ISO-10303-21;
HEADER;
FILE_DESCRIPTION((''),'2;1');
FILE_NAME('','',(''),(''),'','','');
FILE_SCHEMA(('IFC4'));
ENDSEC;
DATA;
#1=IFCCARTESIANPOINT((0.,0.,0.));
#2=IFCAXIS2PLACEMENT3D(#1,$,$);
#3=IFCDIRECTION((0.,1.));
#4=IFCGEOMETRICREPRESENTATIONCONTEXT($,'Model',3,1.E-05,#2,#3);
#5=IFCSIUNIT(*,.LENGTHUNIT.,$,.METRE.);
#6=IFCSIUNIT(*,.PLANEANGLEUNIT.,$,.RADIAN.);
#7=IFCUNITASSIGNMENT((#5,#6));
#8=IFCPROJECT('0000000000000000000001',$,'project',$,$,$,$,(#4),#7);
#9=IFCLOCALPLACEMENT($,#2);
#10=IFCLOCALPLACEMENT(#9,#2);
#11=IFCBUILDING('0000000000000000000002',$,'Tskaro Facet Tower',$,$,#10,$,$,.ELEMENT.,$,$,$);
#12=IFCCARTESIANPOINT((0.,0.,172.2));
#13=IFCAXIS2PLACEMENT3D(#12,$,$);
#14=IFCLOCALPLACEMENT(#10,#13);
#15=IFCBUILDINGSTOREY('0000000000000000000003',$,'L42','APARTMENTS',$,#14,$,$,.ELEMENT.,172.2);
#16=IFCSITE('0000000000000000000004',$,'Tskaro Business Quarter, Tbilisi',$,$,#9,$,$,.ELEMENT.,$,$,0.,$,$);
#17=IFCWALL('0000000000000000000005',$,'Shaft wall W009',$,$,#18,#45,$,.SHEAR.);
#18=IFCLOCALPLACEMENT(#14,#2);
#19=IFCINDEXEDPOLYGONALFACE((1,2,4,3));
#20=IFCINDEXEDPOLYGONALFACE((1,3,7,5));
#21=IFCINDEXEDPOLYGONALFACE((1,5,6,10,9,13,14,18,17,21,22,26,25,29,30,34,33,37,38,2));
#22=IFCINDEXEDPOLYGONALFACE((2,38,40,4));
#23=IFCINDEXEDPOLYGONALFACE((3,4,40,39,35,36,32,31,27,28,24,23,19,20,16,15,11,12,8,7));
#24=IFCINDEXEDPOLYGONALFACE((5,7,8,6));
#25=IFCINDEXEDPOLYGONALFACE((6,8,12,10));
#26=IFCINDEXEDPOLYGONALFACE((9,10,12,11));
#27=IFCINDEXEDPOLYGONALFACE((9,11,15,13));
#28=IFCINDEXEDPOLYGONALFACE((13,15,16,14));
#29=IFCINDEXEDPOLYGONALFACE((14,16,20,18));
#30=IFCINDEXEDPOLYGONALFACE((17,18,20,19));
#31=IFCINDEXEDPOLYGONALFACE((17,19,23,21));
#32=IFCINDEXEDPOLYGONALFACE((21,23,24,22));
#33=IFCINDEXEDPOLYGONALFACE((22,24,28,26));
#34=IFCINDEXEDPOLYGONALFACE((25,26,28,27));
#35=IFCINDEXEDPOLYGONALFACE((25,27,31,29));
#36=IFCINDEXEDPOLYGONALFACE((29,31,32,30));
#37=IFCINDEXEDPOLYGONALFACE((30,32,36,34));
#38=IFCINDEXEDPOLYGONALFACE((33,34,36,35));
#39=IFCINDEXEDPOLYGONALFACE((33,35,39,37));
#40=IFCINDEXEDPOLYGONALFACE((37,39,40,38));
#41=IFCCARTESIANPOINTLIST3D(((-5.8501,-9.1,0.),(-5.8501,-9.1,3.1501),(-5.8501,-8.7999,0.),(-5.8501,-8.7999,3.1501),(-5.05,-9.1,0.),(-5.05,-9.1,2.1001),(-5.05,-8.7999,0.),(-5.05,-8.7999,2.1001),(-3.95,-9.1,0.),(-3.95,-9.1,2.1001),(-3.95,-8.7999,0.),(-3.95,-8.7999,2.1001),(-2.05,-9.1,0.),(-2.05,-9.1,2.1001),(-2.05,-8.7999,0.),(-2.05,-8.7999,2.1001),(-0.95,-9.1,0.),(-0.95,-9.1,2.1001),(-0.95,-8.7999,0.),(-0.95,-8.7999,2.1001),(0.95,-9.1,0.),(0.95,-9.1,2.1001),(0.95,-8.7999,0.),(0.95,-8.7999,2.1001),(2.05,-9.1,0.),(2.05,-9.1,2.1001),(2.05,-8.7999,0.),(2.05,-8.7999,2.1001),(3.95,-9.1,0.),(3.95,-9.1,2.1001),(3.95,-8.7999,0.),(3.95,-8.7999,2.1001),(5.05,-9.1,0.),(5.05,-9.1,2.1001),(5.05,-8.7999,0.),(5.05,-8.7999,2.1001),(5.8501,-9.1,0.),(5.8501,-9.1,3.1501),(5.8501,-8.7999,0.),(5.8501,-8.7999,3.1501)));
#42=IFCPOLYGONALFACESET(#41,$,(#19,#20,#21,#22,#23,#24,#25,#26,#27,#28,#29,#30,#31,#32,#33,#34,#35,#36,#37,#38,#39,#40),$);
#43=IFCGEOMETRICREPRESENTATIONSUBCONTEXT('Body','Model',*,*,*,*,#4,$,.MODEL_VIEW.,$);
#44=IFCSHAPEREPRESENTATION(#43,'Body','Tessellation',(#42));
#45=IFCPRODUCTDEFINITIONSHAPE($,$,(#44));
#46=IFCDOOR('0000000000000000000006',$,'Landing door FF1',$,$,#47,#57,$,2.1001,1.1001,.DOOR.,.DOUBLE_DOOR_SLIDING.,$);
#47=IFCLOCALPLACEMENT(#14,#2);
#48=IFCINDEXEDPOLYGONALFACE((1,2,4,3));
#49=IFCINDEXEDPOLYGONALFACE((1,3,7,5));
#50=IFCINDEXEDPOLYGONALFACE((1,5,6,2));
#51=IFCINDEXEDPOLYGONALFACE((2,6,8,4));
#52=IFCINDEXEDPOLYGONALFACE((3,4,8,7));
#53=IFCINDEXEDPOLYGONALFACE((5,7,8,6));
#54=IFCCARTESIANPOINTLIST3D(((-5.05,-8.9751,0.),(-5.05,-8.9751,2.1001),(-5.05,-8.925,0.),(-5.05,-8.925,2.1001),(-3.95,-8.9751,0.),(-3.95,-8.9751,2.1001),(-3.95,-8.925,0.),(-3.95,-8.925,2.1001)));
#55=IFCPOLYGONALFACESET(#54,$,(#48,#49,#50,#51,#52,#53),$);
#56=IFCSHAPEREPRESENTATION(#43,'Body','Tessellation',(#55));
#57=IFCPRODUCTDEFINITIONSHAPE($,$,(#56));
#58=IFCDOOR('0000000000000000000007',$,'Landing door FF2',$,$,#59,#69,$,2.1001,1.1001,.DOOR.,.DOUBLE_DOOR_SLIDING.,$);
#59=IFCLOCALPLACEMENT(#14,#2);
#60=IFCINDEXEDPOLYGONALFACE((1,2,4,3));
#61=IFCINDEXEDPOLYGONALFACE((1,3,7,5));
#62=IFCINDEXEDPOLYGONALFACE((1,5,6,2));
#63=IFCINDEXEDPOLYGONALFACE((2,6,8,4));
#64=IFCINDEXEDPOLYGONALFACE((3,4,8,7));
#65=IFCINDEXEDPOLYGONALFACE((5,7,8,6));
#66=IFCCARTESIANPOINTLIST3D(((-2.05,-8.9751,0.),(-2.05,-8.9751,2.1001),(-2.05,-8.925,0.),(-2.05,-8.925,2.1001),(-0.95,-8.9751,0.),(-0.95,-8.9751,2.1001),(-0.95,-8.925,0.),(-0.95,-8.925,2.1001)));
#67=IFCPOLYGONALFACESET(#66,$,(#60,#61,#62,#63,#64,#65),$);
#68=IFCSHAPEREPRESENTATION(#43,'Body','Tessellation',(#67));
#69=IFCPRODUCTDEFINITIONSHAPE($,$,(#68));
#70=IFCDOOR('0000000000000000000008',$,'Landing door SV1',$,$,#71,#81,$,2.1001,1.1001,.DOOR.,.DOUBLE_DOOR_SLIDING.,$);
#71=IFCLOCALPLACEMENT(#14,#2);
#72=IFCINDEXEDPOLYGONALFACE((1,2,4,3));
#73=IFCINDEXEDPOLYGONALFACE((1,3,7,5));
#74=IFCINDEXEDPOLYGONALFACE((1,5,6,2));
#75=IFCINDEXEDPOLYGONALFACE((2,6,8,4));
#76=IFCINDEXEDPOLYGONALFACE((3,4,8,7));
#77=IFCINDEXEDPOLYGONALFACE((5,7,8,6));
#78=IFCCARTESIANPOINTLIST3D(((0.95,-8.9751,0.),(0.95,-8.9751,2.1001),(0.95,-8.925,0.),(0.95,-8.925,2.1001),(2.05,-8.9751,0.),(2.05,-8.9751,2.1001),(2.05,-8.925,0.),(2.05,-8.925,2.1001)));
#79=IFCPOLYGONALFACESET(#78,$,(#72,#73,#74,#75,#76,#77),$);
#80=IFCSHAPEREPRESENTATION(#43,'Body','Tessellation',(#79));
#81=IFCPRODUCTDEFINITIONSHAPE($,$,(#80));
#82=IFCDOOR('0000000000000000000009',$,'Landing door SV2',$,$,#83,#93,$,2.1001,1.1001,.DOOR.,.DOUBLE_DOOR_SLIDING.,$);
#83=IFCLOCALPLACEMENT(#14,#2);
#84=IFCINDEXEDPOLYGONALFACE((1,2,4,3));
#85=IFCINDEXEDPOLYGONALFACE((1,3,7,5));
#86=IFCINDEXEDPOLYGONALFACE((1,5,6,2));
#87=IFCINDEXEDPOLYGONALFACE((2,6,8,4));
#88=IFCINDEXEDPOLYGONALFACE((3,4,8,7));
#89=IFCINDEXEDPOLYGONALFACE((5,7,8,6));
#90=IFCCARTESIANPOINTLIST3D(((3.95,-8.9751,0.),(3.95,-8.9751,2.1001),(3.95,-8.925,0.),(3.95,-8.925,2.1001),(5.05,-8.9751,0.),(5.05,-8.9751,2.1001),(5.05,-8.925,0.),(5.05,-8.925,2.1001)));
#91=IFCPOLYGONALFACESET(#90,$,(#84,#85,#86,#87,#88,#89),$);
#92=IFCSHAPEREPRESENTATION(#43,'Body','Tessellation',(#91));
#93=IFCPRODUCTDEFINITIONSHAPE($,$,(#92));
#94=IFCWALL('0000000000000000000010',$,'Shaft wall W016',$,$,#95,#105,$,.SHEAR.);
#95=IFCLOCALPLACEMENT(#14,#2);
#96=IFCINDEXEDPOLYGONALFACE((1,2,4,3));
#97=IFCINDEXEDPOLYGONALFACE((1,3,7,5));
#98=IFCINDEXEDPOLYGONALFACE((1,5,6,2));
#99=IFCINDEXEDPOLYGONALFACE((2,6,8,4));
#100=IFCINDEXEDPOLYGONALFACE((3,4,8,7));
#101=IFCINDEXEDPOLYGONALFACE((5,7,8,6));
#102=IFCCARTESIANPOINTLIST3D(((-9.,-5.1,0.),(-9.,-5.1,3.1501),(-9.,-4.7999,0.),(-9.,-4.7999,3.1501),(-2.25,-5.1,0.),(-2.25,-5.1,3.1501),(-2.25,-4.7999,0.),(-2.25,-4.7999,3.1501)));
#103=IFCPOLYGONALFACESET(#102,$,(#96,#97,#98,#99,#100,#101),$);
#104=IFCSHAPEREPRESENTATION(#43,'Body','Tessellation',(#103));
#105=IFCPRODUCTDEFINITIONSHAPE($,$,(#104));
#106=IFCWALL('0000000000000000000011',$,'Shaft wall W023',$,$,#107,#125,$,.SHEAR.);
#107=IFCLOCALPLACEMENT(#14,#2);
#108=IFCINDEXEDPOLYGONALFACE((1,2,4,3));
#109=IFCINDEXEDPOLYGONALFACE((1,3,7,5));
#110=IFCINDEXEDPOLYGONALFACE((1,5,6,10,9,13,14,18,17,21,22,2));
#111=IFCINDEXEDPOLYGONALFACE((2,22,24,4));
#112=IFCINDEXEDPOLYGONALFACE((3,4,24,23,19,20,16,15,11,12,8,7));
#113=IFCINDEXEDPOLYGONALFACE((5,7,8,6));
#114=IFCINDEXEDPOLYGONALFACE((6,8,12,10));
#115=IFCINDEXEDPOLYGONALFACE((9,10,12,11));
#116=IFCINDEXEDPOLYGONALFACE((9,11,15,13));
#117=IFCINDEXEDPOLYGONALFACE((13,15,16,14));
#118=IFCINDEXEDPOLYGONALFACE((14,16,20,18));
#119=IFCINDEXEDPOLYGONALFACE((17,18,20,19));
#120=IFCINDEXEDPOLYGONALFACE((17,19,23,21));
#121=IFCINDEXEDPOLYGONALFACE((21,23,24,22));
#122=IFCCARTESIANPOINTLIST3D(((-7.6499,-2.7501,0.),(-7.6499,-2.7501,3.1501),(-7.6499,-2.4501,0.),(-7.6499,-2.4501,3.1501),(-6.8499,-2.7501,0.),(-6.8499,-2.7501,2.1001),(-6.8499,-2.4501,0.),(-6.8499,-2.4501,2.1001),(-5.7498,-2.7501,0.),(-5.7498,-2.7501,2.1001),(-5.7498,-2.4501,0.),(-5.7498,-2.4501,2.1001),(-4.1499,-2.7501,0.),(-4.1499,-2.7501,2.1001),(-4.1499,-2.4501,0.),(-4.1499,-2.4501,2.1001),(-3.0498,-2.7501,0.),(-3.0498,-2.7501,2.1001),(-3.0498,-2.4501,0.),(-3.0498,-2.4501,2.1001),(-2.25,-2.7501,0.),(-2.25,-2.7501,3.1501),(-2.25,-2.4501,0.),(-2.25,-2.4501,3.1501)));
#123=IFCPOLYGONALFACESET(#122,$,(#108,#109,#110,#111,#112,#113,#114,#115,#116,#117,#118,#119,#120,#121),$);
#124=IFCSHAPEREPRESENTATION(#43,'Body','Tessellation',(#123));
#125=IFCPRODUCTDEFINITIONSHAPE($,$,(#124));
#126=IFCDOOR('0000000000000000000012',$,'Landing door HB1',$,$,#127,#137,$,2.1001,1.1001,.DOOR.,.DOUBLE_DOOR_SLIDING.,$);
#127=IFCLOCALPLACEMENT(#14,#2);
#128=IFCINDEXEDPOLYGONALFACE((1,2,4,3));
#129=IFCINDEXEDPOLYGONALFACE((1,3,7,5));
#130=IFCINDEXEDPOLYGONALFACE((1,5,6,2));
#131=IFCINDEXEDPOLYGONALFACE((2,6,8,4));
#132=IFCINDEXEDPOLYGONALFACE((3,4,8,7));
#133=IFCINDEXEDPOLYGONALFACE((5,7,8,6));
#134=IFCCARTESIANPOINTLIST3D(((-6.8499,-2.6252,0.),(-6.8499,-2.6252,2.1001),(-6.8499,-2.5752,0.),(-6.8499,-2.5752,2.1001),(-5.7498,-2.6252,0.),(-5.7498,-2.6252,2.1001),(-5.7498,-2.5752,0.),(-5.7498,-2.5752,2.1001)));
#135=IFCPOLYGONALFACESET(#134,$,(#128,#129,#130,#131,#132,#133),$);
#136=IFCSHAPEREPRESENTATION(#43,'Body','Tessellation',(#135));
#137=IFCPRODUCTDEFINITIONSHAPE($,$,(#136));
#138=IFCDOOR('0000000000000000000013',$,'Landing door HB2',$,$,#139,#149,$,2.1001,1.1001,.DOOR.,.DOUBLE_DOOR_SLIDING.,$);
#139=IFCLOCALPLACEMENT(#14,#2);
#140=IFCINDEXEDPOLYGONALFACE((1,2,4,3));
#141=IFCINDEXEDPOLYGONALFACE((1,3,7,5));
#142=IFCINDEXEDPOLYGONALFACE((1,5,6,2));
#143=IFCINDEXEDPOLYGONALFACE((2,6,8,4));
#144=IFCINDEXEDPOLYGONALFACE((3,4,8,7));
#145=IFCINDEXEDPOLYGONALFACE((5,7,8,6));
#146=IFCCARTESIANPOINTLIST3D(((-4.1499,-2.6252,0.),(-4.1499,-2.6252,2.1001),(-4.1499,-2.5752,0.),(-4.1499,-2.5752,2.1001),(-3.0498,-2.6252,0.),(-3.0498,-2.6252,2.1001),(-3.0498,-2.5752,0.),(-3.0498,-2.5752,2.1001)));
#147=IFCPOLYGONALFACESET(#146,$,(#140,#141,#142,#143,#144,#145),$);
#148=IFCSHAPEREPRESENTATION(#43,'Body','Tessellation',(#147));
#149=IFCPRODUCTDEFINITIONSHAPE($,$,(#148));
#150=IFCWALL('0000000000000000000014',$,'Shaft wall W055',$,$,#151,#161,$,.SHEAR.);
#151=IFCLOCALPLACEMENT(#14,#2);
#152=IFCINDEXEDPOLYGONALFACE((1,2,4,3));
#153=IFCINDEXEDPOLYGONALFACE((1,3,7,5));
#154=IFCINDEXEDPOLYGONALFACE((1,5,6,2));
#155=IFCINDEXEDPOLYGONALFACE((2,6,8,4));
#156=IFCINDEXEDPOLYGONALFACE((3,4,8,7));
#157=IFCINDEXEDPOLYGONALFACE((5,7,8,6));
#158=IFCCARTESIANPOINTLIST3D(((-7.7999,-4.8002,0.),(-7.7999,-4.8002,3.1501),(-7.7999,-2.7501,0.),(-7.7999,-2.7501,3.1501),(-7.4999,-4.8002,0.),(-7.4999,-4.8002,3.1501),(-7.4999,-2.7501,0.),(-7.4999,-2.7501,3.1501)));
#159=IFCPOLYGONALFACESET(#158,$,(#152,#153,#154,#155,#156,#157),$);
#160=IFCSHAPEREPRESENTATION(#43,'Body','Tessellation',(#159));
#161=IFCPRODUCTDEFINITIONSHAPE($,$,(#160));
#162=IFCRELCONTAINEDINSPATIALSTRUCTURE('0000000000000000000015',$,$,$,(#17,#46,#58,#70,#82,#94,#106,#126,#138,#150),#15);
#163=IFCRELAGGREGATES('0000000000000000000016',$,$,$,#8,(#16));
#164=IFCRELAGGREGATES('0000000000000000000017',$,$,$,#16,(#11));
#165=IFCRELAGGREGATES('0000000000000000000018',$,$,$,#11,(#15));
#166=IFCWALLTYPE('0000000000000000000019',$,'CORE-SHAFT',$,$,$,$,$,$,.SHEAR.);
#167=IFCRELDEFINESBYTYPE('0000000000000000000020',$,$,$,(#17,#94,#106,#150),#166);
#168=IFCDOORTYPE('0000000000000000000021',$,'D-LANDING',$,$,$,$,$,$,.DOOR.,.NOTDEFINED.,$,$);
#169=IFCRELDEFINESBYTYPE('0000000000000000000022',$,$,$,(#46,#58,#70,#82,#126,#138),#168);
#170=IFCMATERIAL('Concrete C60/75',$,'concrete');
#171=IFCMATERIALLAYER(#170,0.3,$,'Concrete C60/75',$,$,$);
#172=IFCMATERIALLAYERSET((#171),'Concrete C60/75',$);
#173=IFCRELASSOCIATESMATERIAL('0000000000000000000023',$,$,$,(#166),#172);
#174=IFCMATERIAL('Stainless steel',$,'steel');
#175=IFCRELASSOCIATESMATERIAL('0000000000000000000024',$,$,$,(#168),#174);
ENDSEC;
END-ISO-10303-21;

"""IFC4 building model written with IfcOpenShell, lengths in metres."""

from ifc_helpers import new_model, si_unit, direction, frame, frame_2d, origin, place, context, subcontext, project, spatial, rectangle, extrude, material, layer, layer_set, type_object, element, fill, save


model = new_model("IFC4")

# Units and contexts
model_context = context("Model", 3, precision=1e-05, world=origin(), true_north=direction((0.0, 1.0)))
body_context = subcontext(model_context, "Body", "Model", "MODEL_VIEW")
ifc_project = project(units=[si_unit("LENGTHUNIT", "METRE"), si_unit("PLANEANGLEUNIT", "RADIAN")], contexts=[model_context])

# Site, building, storey
site_placement = place(None, origin())
site = spatial("IfcSite", under=ifc_project, at=site_placement, Name="Tskaro Business Quarter, Tbilisi", CompositionType="ELEMENT", RefElevation=0.0)
building_placement = place(site_placement, origin())
building = spatial("IfcBuilding", under=site, at=building_placement, Name="Tskaro Facet Tower", CompositionType="ELEMENT")
storey_placement = place(building_placement, frame((0.0, 0.0, 172.2)))
storey = spatial("IfcBuildingStorey", under=building, at=storey_placement, Name="L42", Description="APARTMENTS", CompositionType="ELEMENT", Elevation=172.2)

# Wall, openings, doors
ifc_material_1 = material(Name="Concrete C60/75", Category="concrete")
ifc_layer_1 = layer(ifc_material_1, 0.3, Name="Concrete C60/75")
ifc_layer_set_1 = layer_set([ifc_layer_1], Name="Concrete C60/75")
wall_type_1 = type_object("IfcWallType", Name="CORE-SHAFT", PredefinedType="SHEAR", material=ifc_layer_set_1)
wall_1_placement = place(storey_placement, frame((-5.8501, -8.95, 0.0), z_axis=(0.0, 0.0, 1.0), x_axis=(1.0, 0.0, 0.0)))
wall_1 = element("IfcWall", 1, at=wall_1_placement, inside=storey, type_object=wall_type_1, Name="Shaft wall W009", PredefinedType="SHEAR", context=body_context, shape_type="SweptSolid", body=[
    extrude(rectangle(XDim=11.7002, YDim=0.3, at=frame_2d((5.8501, 0.0))), origin(), (0.0, 0.0, 1.0), 3.1501),
])
opening_1_placement = place(wall_1_placement, frame((0.8, 0.0, 0.0)))
opening_1 = element("IfcOpeningElement", 2, at=opening_1_placement, cuts=wall_1, PredefinedType="OPENING", context=body_context, shape_type="SweptSolid", body=[
    extrude(rectangle(XDim=1.1001, YDim=2.1001, at=frame_2d((0.55, 1.05))), frame((0.0, 0.1599, 0.0), z_axis=(0.0, -1.0, 0.0), x_axis=(1.0, 0.0, 0.0)), (0.0, 0.0, 1.0), 0.3201),
])
opening_2_placement = place(wall_1_placement, frame((3.8, 0.0, 0.0)))
opening_2 = element("IfcOpeningElement", 3, at=opening_2_placement, cuts=wall_1, PredefinedType="OPENING", context=body_context, shape_type="SweptSolid", body=[
    extrude(rectangle(XDim=1.1001, YDim=2.1001, at=frame_2d((0.55, 1.05))), frame((0.0, 0.1599, 0.0), z_axis=(0.0, -1.0, 0.0), x_axis=(1.0, 0.0, 0.0)), (0.0, 0.0, 1.0), 0.3201),
])
opening_3_placement = place(wall_1_placement, frame((6.8, 0.0, 0.0)))
opening_3 = element("IfcOpeningElement", 4, at=opening_3_placement, cuts=wall_1, PredefinedType="OPENING", context=body_context, shape_type="SweptSolid", body=[
    extrude(rectangle(XDim=1.1001, YDim=2.1001, at=frame_2d((0.55, 1.05))), frame((0.0, 0.1599, 0.0), z_axis=(0.0, -1.0, 0.0), x_axis=(1.0, 0.0, 0.0)), (0.0, 0.0, 1.0), 0.3201),
])
opening_4_placement = place(wall_1_placement, frame((9.8, 0.0, 0.0)))
opening_4 = element("IfcOpeningElement", 5, at=opening_4_placement, cuts=wall_1, PredefinedType="OPENING", context=body_context, shape_type="SweptSolid", body=[
    extrude(rectangle(XDim=1.1001, YDim=2.1001, at=frame_2d((0.55, 1.05))), frame((0.0, 0.1599, 0.0), z_axis=(0.0, -1.0, 0.0), x_axis=(1.0, 0.0, 0.0)), (0.0, 0.0, 1.0), 0.3201),
])
ifc_material_2 = material(Name="Stainless steel", Category="steel")
door_type_1 = type_object("IfcDoorType", Name="D-LANDING", OperationType="NOTDEFINED", PredefinedType="DOOR", material=ifc_material_2)
door_1_placement = place(opening_1_placement, origin())
door_1 = element("IfcDoor", 6, at=door_1_placement, inside=storey, type_object=door_type_1, Name="Landing door FF1", OperationType="DOUBLE_DOOR_SLIDING", OverallHeight=2.1001, OverallWidth=1.1001, PredefinedType="DOOR", context=body_context, shape_type="SweptSolid", body=[
    extrude(rectangle(XDim=1.1001, YDim=2.1001, at=frame_2d((0.55, 1.05))), frame((0.0, 0.0249, 0.0), z_axis=(0.0, -1.0, 0.0), x_axis=(1.0, 0.0, 0.0)), (0.0, 0.0, 1.0), 0.05),
])
fill(opening_1, door_1)
door_2_placement = place(opening_2_placement, origin())
door_2 = element("IfcDoor", 7, at=door_2_placement, inside=storey, type_object=door_type_1, Name="Landing door FF2", OperationType="DOUBLE_DOOR_SLIDING", OverallHeight=2.1001, OverallWidth=1.1001, PredefinedType="DOOR", context=body_context, shape_type="SweptSolid", body=[
    extrude(rectangle(XDim=1.1001, YDim=2.1001, at=frame_2d((0.55, 1.05))), frame((0.0, 0.0249, 0.0), z_axis=(0.0, -1.0, 0.0), x_axis=(1.0, 0.0, 0.0)), (0.0, 0.0, 1.0), 0.05),
])
fill(opening_2, door_2)
door_3_placement = place(opening_3_placement, origin())
door_3 = element("IfcDoor", 8, at=door_3_placement, inside=storey, type_object=door_type_1, Name="Landing door SV1", OperationType="DOUBLE_DOOR_SLIDING", OverallHeight=2.1001, OverallWidth=1.1001, PredefinedType="DOOR", context=body_context, shape_type="SweptSolid", body=[
    extrude(rectangle(XDim=1.1001, YDim=2.1001, at=frame_2d((0.55, 1.05))), frame((0.0, 0.0249, 0.0), z_axis=(0.0, -1.0, 0.0), x_axis=(1.0, 0.0, 0.0)), (0.0, 0.0, 1.0), 0.05),
])
fill(opening_3, door_3)
door_4_placement = place(opening_4_placement, origin())
door_4 = element("IfcDoor", 9, at=door_4_placement, inside=storey, type_object=door_type_1, Name="Landing door SV2", OperationType="DOUBLE_DOOR_SLIDING", OverallHeight=2.1001, OverallWidth=1.1001, PredefinedType="DOOR", context=body_context, shape_type="SweptSolid", body=[
    extrude(rectangle(XDim=1.1001, YDim=2.1001, at=frame_2d((0.55, 1.05))), frame((0.0, 0.0249, 0.0), z_axis=(0.0, -1.0, 0.0), x_axis=(1.0, 0.0, 0.0)), (0.0, 0.0, 1.0), 0.05),
])
fill(opening_4, door_4)

# Wall
wall_2_placement = place(storey_placement, frame((-9.0, -4.95, 0.0), z_axis=(0.0, 0.0, 1.0), x_axis=(1.0, 0.0, 0.0)))
element("IfcWall", 10, at=wall_2_placement, inside=storey, type_object=wall_type_1, Name="Shaft wall W016", PredefinedType="SHEAR", context=body_context, shape_type="SweptSolid", body=[
    extrude(rectangle(XDim=6.75, YDim=0.3, at=frame_2d((3.375, 0.0))), origin(), (0.0, 0.0, 1.0), 3.1501),
])

# Wall, openings, doors
wall_3_placement = place(storey_placement, frame((-7.6499, -2.6001, 0.0), z_axis=(0.0, 0.0, 1.0), x_axis=(1.0, 0.0, 0.0)))
wall_3 = element("IfcWall", 11, at=wall_3_placement, inside=storey, type_object=wall_type_1, Name="Shaft wall W023", PredefinedType="SHEAR", context=body_context, shape_type="SweptSolid", body=[
    extrude(rectangle(XDim=5.3999, YDim=0.3, at=frame_2d((2.7, 0.0))), origin(), (0.0, 0.0, 1.0), 3.1501),
])
opening_5_placement = place(wall_3_placement, frame((0.8, 0.0, 0.0)))
opening_5 = element("IfcOpeningElement", 12, at=opening_5_placement, cuts=wall_3, PredefinedType="OPENING", context=body_context, shape_type="SweptSolid", body=[
    extrude(rectangle(XDim=1.1001, YDim=2.1001, at=frame_2d((0.55, 1.05))), frame((0.0, 0.1599, 0.0), z_axis=(0.0, -1.0, 0.0), x_axis=(1.0, 0.0, 0.0)), (0.0, 0.0, 1.0), 0.3201),
])
opening_6_placement = place(wall_3_placement, frame((3.5, 0.0, 0.0)))
opening_6 = element("IfcOpeningElement", 13, at=opening_6_placement, cuts=wall_3, PredefinedType="OPENING", context=body_context, shape_type="SweptSolid", body=[
    extrude(rectangle(XDim=1.1001, YDim=2.1001, at=frame_2d((0.55, 1.05))), frame((0.0, 0.1599, 0.0), z_axis=(0.0, -1.0, 0.0), x_axis=(1.0, 0.0, 0.0)), (0.0, 0.0, 1.0), 0.3201),
])
door_5_placement = place(opening_5_placement, origin())
door_5 = element("IfcDoor", 14, at=door_5_placement, inside=storey, type_object=door_type_1, Name="Landing door HB1", OperationType="DOUBLE_DOOR_SLIDING", OverallHeight=2.1001, OverallWidth=1.1001, PredefinedType="DOOR", context=body_context, shape_type="SweptSolid", body=[
    extrude(rectangle(XDim=1.1001, YDim=2.1001, at=frame_2d((0.55, 1.05))), frame((0.0, 0.0249, 0.0), z_axis=(0.0, -1.0, 0.0), x_axis=(1.0, 0.0, 0.0)), (0.0, 0.0, 1.0), 0.05),
])
fill(opening_5, door_5)
door_6_placement = place(opening_6_placement, origin())
door_6 = element("IfcDoor", 15, at=door_6_placement, inside=storey, type_object=door_type_1, Name="Landing door HB2", OperationType="DOUBLE_DOOR_SLIDING", OverallHeight=2.1001, OverallWidth=1.1001, PredefinedType="DOOR", context=body_context, shape_type="SweptSolid", body=[
    extrude(rectangle(XDim=1.1001, YDim=2.1001, at=frame_2d((0.55, 1.05))), frame((0.0, 0.0249, 0.0), z_axis=(0.0, -1.0, 0.0), x_axis=(1.0, 0.0, 0.0)), (0.0, 0.0, 1.0), 0.05),
])
fill(opening_6, door_6)

# Wall
wall_4_placement = place(storey_placement, frame((-7.6499, -4.8, 0.0), z_axis=(0.0, 0.0, 1.0), x_axis=(0.0, 1.0, 0.0)))
element("IfcWall", 16, at=wall_4_placement, inside=storey, type_object=wall_type_1, Name="Shaft wall W055", PredefinedType="SHEAR", context=body_context, shape_type="SweptSolid", body=[
    extrude(rectangle(XDim=2.05, YDim=0.3, at=frame_2d((1.0249, 0.0))), origin(), (0.0, 0.0, 1.0), 3.1501),
])

save(model, "model.ifc")
